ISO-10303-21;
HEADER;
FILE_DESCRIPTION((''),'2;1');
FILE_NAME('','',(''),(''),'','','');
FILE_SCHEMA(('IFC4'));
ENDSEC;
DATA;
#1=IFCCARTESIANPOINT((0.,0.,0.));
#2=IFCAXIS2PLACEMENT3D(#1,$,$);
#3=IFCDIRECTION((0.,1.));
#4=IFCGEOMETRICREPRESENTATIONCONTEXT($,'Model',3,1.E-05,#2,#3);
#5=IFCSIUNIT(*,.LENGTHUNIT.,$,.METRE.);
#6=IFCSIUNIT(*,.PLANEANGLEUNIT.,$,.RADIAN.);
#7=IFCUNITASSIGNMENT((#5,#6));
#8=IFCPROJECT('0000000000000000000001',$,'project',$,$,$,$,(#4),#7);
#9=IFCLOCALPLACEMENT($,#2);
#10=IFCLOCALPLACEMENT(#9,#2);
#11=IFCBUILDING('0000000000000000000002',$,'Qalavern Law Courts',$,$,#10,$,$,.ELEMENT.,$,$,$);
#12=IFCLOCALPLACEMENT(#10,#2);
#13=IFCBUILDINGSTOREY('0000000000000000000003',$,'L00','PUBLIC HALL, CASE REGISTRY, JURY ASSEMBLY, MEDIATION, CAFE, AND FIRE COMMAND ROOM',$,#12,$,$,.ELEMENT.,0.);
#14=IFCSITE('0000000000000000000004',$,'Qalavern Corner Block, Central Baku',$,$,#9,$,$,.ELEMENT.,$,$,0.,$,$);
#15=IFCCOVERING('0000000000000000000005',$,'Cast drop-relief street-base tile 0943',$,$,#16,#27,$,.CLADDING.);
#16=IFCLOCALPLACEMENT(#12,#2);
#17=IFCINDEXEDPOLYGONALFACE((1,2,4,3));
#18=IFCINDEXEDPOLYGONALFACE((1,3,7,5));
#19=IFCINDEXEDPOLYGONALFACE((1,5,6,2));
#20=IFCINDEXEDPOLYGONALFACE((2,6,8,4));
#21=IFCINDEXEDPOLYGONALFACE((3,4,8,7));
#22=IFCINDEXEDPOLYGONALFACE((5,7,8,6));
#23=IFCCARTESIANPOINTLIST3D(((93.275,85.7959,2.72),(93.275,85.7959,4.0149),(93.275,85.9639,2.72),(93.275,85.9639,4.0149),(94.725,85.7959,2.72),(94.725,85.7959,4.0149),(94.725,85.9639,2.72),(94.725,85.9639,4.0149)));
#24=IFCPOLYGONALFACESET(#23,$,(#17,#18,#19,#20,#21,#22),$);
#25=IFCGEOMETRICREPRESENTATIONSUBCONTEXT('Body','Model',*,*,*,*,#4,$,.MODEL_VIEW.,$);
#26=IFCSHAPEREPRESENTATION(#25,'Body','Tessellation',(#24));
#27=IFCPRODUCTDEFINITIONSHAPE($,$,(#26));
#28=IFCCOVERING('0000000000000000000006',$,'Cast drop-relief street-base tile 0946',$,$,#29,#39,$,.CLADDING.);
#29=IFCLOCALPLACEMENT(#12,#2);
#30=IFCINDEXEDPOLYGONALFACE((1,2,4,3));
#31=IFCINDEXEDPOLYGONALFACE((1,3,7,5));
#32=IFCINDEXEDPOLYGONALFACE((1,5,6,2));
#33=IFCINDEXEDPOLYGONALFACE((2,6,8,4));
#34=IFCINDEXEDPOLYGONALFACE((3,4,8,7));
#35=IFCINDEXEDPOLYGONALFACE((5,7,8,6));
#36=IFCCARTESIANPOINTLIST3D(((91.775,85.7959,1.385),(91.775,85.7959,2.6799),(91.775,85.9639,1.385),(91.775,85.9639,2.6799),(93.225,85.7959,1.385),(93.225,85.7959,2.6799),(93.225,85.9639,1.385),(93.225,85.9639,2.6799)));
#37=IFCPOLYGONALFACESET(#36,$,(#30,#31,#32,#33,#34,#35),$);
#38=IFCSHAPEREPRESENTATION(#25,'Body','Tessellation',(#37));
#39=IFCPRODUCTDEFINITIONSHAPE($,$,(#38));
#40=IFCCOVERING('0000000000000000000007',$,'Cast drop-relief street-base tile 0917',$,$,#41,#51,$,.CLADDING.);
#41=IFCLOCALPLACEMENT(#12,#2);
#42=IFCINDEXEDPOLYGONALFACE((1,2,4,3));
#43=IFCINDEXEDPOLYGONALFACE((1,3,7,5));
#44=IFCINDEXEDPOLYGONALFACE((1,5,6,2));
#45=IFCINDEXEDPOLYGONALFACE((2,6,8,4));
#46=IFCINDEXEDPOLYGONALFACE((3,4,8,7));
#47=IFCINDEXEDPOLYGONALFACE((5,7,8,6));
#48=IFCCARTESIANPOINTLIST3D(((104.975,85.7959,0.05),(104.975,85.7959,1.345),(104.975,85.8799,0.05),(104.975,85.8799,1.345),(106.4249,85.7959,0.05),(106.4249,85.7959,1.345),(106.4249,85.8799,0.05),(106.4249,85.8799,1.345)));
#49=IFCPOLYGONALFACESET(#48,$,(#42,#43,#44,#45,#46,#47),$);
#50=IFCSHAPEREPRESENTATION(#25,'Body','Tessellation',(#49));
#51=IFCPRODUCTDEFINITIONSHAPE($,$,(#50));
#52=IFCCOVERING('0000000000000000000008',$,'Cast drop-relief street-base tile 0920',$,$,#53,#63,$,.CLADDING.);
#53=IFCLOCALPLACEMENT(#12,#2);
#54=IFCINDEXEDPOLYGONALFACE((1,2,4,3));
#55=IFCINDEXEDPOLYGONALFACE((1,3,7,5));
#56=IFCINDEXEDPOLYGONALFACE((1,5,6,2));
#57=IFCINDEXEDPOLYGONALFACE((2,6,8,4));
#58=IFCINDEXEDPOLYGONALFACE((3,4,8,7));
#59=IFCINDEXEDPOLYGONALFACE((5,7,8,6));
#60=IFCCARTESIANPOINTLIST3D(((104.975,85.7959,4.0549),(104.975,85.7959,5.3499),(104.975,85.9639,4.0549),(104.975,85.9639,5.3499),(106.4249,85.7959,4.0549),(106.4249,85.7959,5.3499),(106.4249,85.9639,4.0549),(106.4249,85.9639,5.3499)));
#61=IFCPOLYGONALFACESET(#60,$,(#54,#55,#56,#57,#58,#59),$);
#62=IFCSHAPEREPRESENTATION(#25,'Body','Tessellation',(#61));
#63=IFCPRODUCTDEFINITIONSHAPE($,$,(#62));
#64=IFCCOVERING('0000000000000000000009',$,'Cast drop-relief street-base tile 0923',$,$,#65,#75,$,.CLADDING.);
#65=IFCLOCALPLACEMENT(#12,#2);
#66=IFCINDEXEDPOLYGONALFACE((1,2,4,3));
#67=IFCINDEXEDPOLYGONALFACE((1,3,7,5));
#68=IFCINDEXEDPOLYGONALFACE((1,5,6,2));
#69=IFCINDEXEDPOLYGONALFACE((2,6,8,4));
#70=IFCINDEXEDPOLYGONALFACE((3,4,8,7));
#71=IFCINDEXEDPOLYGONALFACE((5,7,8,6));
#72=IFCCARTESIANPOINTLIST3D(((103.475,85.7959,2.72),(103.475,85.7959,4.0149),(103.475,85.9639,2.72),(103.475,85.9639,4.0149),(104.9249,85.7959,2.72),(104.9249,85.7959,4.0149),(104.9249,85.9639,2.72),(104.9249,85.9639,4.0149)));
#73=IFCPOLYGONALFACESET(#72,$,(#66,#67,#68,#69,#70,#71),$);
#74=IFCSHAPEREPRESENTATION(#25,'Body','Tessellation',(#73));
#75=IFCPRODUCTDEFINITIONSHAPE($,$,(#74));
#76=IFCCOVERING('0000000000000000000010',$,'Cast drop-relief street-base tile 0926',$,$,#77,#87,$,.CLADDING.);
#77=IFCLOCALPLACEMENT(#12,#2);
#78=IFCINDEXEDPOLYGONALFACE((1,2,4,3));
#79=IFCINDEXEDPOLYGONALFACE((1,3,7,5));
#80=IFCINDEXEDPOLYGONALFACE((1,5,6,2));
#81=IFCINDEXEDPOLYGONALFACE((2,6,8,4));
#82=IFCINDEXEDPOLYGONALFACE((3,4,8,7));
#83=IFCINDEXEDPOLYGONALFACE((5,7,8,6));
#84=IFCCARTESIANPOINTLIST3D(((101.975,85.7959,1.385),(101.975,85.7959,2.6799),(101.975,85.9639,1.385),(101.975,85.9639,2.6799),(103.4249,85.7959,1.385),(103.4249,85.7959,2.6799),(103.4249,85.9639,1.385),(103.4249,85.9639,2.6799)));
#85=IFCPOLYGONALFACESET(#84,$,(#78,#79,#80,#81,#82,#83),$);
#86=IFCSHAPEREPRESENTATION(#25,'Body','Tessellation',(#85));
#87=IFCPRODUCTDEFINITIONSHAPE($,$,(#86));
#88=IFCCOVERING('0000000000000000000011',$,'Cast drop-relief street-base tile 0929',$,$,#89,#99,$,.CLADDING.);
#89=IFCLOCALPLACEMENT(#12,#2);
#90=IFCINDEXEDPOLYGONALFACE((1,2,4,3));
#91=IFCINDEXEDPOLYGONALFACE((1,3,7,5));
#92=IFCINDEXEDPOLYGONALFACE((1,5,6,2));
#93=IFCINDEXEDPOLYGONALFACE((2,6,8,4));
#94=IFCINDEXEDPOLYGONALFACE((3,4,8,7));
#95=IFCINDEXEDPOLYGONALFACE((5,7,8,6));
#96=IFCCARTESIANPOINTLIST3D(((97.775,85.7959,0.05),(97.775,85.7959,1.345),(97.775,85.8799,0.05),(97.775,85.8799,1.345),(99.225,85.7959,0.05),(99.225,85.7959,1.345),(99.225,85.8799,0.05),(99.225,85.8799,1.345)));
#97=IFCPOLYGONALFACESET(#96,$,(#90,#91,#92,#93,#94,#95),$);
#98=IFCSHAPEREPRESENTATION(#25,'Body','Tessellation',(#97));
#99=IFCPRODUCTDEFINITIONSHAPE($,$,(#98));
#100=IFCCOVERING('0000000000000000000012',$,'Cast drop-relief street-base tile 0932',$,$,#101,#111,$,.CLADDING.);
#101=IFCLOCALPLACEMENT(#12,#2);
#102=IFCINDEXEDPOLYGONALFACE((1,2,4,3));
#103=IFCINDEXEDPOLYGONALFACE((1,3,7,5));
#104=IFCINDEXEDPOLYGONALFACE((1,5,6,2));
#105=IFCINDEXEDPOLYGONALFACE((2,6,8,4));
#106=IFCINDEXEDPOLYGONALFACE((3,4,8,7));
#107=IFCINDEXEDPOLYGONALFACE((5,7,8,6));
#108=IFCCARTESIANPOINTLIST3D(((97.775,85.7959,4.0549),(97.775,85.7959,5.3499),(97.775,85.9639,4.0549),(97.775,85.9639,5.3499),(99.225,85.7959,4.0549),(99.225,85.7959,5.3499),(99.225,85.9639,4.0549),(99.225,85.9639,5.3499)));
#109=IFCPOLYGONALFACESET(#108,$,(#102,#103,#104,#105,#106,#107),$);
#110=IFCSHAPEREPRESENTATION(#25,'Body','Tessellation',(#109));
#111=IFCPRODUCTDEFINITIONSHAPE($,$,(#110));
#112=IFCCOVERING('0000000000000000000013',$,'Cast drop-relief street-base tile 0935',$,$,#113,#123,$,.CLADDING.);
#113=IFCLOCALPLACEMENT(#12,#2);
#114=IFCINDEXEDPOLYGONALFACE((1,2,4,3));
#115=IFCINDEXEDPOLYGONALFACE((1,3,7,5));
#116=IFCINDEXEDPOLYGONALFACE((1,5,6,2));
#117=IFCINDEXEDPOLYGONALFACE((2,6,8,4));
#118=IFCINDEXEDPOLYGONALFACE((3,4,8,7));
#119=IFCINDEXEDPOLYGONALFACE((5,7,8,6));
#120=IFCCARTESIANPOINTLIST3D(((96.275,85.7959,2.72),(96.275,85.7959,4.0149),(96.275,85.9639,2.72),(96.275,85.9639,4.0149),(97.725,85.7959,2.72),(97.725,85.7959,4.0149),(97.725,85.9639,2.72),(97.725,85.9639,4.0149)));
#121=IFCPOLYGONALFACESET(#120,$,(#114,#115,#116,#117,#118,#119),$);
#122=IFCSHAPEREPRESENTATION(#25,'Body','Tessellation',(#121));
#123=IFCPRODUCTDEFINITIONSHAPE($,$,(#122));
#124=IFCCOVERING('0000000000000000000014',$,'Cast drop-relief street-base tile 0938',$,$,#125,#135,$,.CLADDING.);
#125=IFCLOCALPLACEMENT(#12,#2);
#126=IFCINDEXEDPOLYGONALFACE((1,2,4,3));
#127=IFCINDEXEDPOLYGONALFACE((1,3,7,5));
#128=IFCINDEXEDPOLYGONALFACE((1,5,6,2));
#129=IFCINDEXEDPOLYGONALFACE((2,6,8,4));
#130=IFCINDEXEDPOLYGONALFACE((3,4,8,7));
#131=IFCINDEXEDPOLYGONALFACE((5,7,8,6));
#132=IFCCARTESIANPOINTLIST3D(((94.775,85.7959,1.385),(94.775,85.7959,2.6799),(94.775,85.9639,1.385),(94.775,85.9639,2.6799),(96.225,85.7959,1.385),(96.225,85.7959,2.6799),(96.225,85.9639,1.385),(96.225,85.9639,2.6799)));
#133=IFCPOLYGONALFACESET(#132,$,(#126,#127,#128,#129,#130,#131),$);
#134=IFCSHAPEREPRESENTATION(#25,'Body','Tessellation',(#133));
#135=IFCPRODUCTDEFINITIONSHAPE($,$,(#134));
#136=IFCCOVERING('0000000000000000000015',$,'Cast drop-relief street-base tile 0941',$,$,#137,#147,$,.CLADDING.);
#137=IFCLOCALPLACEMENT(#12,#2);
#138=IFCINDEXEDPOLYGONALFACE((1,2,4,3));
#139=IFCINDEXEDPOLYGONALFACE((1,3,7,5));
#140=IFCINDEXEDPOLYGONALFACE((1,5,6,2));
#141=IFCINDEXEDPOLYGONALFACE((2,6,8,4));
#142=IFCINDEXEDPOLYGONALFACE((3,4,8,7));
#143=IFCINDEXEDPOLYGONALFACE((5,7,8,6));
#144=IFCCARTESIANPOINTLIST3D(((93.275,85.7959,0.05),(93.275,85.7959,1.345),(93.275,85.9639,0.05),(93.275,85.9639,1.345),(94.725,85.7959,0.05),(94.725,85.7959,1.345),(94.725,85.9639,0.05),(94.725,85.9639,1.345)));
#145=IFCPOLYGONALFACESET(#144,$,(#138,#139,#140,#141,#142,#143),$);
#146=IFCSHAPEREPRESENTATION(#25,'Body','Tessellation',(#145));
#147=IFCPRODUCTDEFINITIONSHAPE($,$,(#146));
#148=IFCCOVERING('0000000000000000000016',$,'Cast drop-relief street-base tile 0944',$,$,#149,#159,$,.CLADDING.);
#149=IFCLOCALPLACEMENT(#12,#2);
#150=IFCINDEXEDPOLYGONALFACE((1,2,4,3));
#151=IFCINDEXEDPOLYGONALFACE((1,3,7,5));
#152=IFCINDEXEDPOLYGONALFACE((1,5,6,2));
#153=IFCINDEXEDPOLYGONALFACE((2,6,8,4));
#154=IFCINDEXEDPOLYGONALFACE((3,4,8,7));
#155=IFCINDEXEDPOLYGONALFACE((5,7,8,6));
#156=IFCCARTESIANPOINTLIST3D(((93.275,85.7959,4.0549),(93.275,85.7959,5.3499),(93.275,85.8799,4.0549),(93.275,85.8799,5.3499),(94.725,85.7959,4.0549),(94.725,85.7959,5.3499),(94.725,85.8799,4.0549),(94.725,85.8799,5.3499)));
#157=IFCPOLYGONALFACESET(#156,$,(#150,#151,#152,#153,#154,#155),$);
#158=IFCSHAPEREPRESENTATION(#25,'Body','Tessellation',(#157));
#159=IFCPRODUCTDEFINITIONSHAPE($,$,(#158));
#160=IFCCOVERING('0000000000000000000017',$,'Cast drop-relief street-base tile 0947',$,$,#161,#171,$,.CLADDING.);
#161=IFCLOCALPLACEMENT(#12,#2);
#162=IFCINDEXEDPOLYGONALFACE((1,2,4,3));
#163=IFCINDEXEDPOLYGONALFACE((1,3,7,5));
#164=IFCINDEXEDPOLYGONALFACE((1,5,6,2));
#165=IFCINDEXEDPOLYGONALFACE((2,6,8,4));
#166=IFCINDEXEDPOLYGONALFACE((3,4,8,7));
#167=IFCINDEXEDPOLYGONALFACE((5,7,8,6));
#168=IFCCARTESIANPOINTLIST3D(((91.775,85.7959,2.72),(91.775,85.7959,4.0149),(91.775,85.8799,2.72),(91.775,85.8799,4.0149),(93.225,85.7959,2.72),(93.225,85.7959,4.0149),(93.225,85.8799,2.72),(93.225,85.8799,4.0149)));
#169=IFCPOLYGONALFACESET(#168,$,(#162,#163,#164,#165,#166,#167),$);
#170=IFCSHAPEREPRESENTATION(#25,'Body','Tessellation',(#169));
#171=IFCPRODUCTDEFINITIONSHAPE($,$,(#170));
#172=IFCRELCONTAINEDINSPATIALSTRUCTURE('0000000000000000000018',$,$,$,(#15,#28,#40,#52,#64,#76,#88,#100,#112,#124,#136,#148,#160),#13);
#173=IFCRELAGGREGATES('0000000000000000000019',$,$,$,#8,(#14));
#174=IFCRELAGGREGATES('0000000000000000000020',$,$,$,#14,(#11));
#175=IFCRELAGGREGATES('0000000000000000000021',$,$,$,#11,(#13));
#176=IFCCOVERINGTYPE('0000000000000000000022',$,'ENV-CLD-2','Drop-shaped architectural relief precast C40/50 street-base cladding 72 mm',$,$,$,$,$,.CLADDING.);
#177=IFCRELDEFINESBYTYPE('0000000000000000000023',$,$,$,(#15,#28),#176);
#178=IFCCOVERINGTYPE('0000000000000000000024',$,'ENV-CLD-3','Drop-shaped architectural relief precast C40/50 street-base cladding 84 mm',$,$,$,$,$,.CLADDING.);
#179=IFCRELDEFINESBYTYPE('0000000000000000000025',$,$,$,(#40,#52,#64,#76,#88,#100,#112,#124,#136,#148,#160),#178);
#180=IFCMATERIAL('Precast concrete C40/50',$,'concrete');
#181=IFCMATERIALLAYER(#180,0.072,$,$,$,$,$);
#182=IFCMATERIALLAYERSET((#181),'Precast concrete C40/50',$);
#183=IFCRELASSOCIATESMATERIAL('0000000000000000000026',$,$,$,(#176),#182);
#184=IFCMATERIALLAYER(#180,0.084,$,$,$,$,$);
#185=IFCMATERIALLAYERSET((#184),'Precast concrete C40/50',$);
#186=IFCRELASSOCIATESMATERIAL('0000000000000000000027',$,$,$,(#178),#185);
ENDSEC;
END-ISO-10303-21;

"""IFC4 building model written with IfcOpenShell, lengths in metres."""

from ifc_helpers import new_model, si_unit, direction, frame, origin, origin_2d, place, context, subcontext, project, spatial, rectangle, extrude, material, layer, layer_set, type_object, element, save


model = new_model("IFC4")

# Units and contexts
model_context = context("Model", 3, precision=1e-05, world=origin(), true_north=direction((0.0, 1.0)))
body_context = subcontext(model_context, "Body", "Model", "MODEL_VIEW")
ifc_project = project(units=[si_unit("LENGTHUNIT", "METRE"), si_unit("PLANEANGLEUNIT", "RADIAN")], contexts=[model_context])

# Site, building, storey
site_placement = place(None, origin())
site = spatial("IfcSite", under=ifc_project, at=site_placement, Name="Qalavern Corner Block, Central Baku", CompositionType="ELEMENT", RefElevation=0.0)
building_placement = place(site_placement, origin())
building = spatial("IfcBuilding", under=site, at=building_placement, Name="Qalavern Law Courts", CompositionType="ELEMENT")
storey_placement = place(building_placement, origin())
storey = spatial("IfcBuildingStorey", under=building, at=storey_placement, Name="L00", Description="PUBLIC HALL, CASE REGISTRY, JURY ASSEMBLY, MEDIATION, CAFE, AND FIRE COMMAND ROOM", CompositionType="ELEMENT", Elevation=0.0)

# Coverings
ifc_material_1 = material(Name="Precast concrete C40/50", Category="concrete")
ifc_layer_1 = layer(ifc_material_1, 0.072)
ifc_layer_set_1 = layer_set([ifc_layer_1], Name="Precast concrete C40/50")
covering_type_1 = type_object("IfcCoveringType", Name="ENV-CLD-2", Description="Drop-shaped architectural relief precast C40/50 street-base cladding 72 mm", PredefinedType="CLADDING", material=ifc_layer_set_1)
for number, where, z_axis, x_axis, name in (
    (1, (94.0, 85.8799, 2.72), (0.0, 0.0, 1.0), (-1.0, 0.0, 0.0), "Cast drop-relief street-base tile 0943"),
    (2, (92.5, 85.8799, 1.385), (0.0, 0.0, 1.0), (-1.0, 0.0, 0.0), "Cast drop-relief street-base tile 0946"),
):
    element("IfcCovering", number, at=place(storey_placement, frame(where, z_axis=z_axis, x_axis=x_axis)), inside=storey, type_object=covering_type_1, Name=name, PredefinedType="CLADDING", context=body_context, shape_type="SweptSolid", body=[
        extrude(rectangle(XDim=1.45, YDim=0.168, at=origin_2d()), origin(), (0.0, 0.0, 1.0), 1.2949),
    ])
ifc_layer_2 = layer(ifc_material_1, 0.084)
ifc_layer_set_2 = layer_set([ifc_layer_2], Name="Precast concrete C40/50")
covering_type_2 = type_object("IfcCoveringType", Name="ENV-CLD-3", Description="Drop-shaped architectural relief precast C40/50 street-base cladding 84 mm", PredefinedType="CLADDING", material=ifc_layer_set_2)
covering_1_placement = place(storey_placement, frame((105.7, 85.8379, 0.05), z_axis=(0.0, 0.0, 1.0), x_axis=(-1.0, 0.0, 0.0)))
element("IfcCovering", 3, at=covering_1_placement, inside=storey, type_object=covering_type_2, Name="Cast drop-relief street-base tile 0917", PredefinedType="CLADDING", context=body_context, shape_type="SweptSolid", body=[
    extrude(rectangle(XDim=1.45, YDim=0.084, at=origin_2d()), origin(), (0.0, 0.0, 1.0), 1.2949),
])
for number, where, z_axis, x_axis, name in (
    (4, (105.7, 85.8799, 4.0549), (0.0, 0.0, 1.0), (-1.0, 0.0, 0.0), "Cast drop-relief street-base tile 0920"),
    (5, (104.2, 85.8799, 2.72), (0.0, 0.0, 1.0), (-1.0, 0.0, 0.0), "Cast drop-relief street-base tile 0923"),
    (6, (102.7, 85.8799, 1.385), (0.0, 0.0, 1.0), (-1.0, 0.0, 0.0), "Cast drop-relief street-base tile 0926"),
):
    element("IfcCovering", number, at=place(storey_placement, frame(where, z_axis=z_axis, x_axis=x_axis)), inside=storey, type_object=covering_type_2, Name=name, PredefinedType="CLADDING", context=body_context, shape_type="SweptSolid", body=[
        extrude(rectangle(XDim=1.45, YDim=0.168, at=origin_2d()), origin(), (0.0, 0.0, 1.0), 1.2949),
    ])
covering_2_placement = place(storey_placement, frame((98.5, 85.8379, 0.05), z_axis=(0.0, 0.0, 1.0), x_axis=(-1.0, 0.0, 0.0)))
element("IfcCovering", 7, at=covering_2_placement, inside=storey, type_object=covering_type_2, Name="Cast drop-relief street-base tile 0929", PredefinedType="CLADDING", context=body_context, shape_type="SweptSolid", body=[
    extrude(rectangle(XDim=1.45, YDim=0.084, at=origin_2d()), origin(), (0.0, 0.0, 1.0), 1.2949),
])
for number, where, z_axis, x_axis, name in (
    (8, (98.5, 85.8799, 4.0549), (0.0, 0.0, 1.0), (-1.0, 0.0, 0.0), "Cast drop-relief street-base tile 0932"),
    (9, (97.0, 85.8799, 2.72), (0.0, 0.0, 1.0), (-1.0, 0.0, 0.0), "Cast drop-relief street-base tile 0935"),
    (10, (95.5, 85.8799, 1.385), (0.0, 0.0, 1.0), (-1.0, 0.0, 0.0), "Cast drop-relief street-base tile 0938"),
    (11, (94.0, 85.8799, 0.05), (0.0, 0.0, 1.0), (-1.0, 0.0, 0.0), "Cast drop-relief street-base tile 0941"),
):
    element("IfcCovering", number, at=place(storey_placement, frame(where, z_axis=z_axis, x_axis=x_axis)), inside=storey, type_object=covering_type_2, Name=name, PredefinedType="CLADDING", context=body_context, shape_type="SweptSolid", body=[
        extrude(rectangle(XDim=1.45, YDim=0.168, at=origin_2d()), origin(), (0.0, 0.0, 1.0), 1.2949),
    ])
for number, where, z_axis, x_axis, name in (
    (12, (94.0, 85.8379, 4.0549), (0.0, 0.0, 1.0), (-1.0, 0.0, 0.0), "Cast drop-relief street-base tile 0944"),
    (13, (92.5, 85.8379, 2.72), (0.0, 0.0, 1.0), (-1.0, 0.0, 0.0), "Cast drop-relief street-base tile 0947"),
):
    element("IfcCovering", number, at=place(storey_placement, frame(where, z_axis=z_axis, x_axis=x_axis)), inside=storey, type_object=covering_type_2, Name=name, PredefinedType="CLADDING", context=body_context, shape_type="SweptSolid", body=[
        extrude(rectangle(XDim=1.45, YDim=0.084, at=origin_2d()), origin(), (0.0, 0.0, 1.0), 1.2949),
    ])

save(model, "model.ifc")
